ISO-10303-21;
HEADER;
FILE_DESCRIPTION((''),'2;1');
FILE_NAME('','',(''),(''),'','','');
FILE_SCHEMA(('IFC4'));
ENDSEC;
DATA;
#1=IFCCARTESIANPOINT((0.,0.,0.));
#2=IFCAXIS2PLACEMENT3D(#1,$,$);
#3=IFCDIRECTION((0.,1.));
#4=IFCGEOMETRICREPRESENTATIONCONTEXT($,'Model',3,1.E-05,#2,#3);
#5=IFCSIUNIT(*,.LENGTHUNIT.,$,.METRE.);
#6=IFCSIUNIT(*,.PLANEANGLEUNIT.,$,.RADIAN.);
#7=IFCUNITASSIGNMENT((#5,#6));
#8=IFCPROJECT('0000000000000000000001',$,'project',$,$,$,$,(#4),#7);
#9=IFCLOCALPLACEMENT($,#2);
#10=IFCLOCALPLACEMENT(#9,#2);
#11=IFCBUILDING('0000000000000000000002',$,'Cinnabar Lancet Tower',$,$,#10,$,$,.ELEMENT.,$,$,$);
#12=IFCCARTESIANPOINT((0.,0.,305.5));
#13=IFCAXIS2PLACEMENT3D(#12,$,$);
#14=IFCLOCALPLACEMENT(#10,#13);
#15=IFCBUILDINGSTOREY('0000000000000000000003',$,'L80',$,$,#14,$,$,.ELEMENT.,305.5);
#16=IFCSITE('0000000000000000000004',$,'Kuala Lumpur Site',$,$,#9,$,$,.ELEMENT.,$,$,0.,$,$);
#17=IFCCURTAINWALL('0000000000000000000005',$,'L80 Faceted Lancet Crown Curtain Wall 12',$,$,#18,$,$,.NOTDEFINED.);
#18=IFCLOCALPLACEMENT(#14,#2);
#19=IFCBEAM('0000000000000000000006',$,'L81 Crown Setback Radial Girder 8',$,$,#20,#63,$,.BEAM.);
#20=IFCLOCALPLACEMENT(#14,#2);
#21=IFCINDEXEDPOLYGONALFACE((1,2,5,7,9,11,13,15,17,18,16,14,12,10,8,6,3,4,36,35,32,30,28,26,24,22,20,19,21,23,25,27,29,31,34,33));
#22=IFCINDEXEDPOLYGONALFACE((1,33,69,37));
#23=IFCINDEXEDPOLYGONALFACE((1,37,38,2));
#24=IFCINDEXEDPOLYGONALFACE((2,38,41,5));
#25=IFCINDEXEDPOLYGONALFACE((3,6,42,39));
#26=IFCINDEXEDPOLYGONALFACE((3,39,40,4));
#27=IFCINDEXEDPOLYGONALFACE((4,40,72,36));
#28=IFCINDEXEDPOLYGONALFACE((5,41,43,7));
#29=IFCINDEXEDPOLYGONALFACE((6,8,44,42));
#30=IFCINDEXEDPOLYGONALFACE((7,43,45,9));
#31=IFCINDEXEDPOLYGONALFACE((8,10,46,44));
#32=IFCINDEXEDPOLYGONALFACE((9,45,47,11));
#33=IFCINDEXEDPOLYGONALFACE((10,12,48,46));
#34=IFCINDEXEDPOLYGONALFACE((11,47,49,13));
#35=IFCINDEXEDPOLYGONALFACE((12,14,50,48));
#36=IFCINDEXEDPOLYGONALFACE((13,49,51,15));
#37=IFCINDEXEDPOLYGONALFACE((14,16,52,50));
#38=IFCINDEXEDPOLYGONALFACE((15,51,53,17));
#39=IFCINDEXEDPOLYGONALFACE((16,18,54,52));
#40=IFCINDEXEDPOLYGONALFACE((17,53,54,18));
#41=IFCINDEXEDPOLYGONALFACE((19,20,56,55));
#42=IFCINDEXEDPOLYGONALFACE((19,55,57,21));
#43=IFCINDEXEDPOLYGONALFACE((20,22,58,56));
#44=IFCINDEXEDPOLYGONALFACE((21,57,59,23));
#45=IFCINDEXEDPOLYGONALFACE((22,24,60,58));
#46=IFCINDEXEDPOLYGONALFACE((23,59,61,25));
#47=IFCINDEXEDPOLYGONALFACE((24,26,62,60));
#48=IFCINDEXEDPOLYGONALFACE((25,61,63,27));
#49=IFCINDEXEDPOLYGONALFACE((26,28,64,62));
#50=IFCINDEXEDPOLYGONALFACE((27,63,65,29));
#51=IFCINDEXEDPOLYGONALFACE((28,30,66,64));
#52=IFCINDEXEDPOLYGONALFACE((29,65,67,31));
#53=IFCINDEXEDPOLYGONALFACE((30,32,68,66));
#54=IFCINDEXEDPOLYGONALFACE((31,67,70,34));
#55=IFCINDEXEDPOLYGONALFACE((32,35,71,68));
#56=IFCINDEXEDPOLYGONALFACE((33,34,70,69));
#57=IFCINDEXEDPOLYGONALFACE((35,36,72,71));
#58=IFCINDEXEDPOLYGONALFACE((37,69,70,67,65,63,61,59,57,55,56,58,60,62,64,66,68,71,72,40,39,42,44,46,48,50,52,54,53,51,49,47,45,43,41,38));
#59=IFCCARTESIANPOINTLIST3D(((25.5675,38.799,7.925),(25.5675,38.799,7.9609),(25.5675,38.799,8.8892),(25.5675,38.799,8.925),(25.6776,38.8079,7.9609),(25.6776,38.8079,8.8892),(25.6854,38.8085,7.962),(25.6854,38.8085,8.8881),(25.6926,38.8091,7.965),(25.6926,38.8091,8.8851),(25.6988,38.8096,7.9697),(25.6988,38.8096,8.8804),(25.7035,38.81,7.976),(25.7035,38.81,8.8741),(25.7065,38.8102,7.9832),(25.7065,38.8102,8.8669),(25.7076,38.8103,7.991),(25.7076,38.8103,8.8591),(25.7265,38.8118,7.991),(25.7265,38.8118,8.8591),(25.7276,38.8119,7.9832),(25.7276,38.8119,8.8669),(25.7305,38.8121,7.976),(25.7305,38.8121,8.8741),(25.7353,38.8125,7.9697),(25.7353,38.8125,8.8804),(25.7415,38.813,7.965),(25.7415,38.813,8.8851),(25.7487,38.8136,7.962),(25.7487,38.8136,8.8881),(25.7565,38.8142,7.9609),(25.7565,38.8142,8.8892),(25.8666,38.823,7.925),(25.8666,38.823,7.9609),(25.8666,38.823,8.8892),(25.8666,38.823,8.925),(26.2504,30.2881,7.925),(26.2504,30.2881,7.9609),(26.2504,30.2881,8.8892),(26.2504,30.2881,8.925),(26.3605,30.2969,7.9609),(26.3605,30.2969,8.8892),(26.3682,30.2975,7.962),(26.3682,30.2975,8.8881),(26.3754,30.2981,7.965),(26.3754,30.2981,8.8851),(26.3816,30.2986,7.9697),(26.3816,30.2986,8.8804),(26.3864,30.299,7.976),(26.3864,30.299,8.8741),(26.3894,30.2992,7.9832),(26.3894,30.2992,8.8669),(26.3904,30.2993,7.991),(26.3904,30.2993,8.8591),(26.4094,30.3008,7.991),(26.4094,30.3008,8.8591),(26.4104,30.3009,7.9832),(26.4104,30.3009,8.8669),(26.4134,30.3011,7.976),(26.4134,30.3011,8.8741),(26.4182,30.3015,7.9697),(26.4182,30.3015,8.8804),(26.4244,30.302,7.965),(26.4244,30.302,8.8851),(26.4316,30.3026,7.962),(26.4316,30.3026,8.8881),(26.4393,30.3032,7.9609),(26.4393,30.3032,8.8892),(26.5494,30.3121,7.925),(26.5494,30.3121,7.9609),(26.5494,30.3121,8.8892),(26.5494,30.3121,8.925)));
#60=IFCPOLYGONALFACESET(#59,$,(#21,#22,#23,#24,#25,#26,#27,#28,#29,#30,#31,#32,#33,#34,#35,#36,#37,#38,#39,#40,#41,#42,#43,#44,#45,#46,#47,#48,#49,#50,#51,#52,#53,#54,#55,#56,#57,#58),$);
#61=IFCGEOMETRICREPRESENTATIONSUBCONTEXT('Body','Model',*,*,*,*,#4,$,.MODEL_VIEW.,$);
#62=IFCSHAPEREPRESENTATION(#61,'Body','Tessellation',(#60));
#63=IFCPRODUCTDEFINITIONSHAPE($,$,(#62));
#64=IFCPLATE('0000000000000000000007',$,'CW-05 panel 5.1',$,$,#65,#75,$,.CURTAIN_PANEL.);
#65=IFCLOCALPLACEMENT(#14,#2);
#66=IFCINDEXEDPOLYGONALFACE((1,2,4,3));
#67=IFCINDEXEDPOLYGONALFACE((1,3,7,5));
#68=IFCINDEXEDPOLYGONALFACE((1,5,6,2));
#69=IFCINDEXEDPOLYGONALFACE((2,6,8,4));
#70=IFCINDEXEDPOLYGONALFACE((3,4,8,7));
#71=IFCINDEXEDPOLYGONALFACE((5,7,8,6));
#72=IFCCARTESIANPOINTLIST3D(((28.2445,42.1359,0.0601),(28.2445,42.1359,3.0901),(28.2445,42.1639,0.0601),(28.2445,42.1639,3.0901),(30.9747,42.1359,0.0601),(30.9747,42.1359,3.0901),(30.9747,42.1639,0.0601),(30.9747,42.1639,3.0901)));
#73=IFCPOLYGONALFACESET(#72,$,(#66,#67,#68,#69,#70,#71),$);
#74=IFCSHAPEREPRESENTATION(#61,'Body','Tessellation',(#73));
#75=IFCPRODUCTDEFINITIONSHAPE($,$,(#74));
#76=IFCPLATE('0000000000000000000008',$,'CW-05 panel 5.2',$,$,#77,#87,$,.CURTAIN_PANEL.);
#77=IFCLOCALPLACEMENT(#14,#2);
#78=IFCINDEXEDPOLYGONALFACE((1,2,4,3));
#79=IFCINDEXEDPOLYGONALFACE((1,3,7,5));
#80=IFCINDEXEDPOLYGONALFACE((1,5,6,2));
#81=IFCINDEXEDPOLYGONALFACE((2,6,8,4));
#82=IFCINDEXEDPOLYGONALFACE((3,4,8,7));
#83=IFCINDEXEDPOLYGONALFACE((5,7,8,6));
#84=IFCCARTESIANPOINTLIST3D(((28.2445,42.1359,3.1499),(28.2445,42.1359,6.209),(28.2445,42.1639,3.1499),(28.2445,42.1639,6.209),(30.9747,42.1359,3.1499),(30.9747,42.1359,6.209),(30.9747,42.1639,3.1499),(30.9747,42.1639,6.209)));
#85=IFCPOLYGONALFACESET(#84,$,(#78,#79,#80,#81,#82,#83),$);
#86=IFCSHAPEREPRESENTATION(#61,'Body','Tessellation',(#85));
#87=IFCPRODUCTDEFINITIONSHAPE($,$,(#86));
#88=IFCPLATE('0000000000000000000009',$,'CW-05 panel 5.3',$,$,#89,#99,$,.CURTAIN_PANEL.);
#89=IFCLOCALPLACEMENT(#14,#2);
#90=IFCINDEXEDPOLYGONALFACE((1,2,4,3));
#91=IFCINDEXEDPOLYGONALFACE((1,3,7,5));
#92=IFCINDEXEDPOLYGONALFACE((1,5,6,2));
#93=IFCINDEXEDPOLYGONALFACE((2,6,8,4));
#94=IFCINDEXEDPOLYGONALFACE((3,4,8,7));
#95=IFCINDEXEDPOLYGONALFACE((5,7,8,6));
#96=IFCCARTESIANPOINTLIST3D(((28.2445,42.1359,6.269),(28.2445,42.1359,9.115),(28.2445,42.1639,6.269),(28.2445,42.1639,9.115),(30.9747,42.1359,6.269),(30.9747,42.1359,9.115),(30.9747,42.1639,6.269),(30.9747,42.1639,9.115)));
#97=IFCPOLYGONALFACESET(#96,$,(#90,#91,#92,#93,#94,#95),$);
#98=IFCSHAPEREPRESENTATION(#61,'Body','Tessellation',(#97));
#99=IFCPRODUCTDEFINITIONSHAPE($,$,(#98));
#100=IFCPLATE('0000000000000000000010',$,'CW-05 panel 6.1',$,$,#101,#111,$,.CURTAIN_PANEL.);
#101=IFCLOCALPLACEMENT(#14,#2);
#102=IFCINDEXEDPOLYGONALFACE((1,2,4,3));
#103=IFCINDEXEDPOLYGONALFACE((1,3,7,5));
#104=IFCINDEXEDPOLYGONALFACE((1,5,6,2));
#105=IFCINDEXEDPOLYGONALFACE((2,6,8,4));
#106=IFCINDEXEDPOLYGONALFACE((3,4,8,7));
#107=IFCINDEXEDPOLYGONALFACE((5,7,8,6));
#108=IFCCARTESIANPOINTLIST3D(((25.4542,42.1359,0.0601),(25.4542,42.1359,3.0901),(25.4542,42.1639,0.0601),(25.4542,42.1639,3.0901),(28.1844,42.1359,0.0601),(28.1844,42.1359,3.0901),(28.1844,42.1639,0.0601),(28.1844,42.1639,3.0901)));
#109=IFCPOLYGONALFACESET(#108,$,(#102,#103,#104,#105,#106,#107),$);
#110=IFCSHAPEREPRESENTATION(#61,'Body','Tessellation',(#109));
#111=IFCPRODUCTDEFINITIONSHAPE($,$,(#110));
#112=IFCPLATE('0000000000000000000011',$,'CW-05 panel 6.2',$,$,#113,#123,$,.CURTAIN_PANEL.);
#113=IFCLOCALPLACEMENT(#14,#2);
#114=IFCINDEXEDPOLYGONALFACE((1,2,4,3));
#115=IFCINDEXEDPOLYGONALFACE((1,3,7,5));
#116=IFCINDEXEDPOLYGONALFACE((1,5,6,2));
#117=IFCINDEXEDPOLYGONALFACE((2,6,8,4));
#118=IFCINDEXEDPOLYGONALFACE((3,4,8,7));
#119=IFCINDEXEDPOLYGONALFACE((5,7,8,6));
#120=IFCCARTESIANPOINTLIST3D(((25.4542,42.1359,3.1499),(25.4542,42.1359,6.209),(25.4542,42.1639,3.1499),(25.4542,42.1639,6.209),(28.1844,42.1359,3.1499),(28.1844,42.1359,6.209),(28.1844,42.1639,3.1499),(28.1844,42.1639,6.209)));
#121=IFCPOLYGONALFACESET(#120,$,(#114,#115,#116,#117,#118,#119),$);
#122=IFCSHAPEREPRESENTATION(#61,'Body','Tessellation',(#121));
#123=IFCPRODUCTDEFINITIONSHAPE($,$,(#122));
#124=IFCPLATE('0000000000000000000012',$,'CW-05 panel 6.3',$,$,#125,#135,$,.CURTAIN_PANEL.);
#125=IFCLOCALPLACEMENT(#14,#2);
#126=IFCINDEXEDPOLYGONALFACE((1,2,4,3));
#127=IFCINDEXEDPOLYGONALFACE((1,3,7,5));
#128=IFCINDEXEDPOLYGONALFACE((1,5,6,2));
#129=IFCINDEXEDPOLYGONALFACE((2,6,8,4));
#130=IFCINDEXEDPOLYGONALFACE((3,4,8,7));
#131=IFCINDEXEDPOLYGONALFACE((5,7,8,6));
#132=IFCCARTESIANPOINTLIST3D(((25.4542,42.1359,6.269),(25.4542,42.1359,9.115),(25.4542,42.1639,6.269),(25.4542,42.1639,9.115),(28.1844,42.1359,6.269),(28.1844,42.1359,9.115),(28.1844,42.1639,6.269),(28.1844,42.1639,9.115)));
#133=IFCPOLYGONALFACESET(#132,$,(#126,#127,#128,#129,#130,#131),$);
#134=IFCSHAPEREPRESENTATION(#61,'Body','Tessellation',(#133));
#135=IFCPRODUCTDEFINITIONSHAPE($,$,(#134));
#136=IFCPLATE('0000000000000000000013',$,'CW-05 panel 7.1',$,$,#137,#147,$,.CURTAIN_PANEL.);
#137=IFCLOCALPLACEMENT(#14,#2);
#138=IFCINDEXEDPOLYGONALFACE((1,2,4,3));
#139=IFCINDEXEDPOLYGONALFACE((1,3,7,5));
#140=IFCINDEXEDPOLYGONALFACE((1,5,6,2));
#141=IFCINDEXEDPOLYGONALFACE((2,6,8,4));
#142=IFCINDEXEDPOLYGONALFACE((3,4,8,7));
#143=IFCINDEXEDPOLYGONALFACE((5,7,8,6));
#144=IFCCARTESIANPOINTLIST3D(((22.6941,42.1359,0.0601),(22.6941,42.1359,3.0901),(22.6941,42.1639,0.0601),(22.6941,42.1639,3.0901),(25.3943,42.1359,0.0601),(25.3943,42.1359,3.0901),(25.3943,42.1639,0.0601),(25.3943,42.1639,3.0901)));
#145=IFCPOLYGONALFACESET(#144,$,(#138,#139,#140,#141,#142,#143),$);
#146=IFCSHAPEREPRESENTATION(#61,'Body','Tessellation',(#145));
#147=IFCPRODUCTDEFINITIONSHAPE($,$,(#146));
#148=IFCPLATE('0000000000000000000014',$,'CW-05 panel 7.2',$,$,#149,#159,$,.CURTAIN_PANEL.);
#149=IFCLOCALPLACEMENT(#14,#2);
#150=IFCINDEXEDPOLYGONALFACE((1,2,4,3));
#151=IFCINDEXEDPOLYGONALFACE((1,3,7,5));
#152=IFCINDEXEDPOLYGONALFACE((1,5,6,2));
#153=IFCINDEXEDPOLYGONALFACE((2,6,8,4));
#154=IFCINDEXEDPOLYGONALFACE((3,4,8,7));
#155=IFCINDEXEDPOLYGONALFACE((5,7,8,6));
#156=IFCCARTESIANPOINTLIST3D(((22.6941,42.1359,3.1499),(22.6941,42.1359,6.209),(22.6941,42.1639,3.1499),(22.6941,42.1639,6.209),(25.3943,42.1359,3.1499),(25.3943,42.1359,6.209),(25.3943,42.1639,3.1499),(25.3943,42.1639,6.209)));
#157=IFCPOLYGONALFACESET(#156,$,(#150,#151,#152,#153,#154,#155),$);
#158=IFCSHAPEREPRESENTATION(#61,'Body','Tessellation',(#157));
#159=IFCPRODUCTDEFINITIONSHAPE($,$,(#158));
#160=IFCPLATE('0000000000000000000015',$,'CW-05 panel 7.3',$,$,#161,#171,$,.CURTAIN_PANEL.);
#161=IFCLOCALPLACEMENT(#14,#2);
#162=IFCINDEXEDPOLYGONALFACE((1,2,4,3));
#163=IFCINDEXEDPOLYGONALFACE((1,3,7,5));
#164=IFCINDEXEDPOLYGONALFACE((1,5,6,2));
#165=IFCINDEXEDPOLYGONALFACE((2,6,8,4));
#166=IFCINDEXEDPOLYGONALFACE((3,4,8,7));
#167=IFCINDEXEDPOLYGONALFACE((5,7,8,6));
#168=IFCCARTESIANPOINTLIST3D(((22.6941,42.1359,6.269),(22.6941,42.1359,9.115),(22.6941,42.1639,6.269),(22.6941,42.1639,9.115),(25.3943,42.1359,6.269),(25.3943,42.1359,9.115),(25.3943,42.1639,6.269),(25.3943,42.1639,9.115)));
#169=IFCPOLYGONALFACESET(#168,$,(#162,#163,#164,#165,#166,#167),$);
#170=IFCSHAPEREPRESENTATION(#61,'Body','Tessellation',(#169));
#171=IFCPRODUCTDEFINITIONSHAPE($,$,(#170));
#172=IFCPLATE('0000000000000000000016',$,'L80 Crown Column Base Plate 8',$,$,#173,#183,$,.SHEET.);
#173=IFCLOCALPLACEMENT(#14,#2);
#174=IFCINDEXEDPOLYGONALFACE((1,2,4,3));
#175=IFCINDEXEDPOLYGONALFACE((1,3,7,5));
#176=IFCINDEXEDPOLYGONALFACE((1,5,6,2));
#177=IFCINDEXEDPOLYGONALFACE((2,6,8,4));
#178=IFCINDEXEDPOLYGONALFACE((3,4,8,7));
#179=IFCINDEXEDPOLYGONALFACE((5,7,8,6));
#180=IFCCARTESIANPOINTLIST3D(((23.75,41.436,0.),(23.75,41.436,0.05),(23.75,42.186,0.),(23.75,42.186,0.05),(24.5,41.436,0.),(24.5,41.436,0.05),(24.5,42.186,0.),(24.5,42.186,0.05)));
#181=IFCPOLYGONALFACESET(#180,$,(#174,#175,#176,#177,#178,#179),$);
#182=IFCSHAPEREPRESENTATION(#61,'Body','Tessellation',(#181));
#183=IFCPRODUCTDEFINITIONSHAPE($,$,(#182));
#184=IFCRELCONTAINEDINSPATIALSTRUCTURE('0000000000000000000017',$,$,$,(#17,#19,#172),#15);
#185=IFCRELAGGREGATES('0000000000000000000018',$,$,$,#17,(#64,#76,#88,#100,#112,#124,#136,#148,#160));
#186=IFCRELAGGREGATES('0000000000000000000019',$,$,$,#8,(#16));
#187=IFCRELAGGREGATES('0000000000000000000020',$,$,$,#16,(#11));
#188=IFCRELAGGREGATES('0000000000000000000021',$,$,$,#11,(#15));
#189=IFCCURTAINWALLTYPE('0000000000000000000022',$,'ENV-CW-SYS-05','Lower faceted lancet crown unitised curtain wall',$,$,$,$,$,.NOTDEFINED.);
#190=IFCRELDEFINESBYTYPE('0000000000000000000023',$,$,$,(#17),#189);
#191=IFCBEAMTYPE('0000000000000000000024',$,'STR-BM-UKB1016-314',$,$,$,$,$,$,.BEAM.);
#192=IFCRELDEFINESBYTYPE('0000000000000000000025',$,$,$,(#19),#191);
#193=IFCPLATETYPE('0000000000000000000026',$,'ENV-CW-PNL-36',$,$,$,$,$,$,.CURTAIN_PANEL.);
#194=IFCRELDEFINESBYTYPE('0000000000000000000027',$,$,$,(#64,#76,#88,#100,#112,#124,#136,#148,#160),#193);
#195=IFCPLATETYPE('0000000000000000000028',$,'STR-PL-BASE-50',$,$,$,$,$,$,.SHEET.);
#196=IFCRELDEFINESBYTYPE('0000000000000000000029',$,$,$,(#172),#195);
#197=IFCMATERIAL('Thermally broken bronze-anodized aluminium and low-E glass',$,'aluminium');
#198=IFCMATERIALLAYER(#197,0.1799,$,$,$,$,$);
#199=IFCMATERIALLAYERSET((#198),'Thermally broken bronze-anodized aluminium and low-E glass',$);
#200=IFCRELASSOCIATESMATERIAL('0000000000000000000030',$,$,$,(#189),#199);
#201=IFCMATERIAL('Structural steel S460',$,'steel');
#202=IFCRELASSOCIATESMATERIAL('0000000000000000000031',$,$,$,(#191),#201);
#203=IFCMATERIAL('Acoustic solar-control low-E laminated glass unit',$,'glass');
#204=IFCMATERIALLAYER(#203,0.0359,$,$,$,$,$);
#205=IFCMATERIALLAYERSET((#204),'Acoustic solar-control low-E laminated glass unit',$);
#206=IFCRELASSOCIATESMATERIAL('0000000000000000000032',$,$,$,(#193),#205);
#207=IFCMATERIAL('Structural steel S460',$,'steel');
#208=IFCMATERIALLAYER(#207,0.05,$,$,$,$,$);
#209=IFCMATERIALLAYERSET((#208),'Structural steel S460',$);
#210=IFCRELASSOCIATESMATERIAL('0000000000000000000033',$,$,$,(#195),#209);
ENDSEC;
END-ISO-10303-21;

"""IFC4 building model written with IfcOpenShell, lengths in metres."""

from ifc_helpers import new_model, si_unit, direction, frame, origin, origin_2d, place, context, subcontext, project, spatial, rectangle, i_section, extrude, material, layer, layer_set, material_profile, profile_set, type_object, element, aggregate, save


model = new_model("IFC4")

# Units and contexts
model_context = context("Model", 3, precision=1e-05, world=origin(), true_north=direction((0.0, 1.0)))
body_context = subcontext(model_context, "Body", "Model", "MODEL_VIEW")
ifc_project = project(units=[si_unit("LENGTHUNIT", "METRE"), si_unit("PLANEANGLEUNIT", "RADIAN")], contexts=[model_context])

# Site, building, storey
site_placement = place(None, origin())
site = spatial("IfcSite", under=ifc_project, at=site_placement, Name="Kuala Lumpur Site", CompositionType="ELEMENT", RefElevation=0.0)
building_placement = place(site_placement, origin())
building = spatial("IfcBuilding", under=site, at=building_placement, Name="Cinnabar Lancet Tower", CompositionType="ELEMENT")
storey_placement = place(building_placement, frame((0.0, 0.0, 305.5)))
storey = spatial("IfcBuildingStorey", under=building, at=storey_placement, Name="L80", CompositionType="ELEMENT", Elevation=305.5)

# Curtain wall
ifc_material_1 = material(Name="Thermally broken bronze-anodized aluminium and low-E glass", Category="aluminium")
ifc_layer_1 = layer(ifc_material_1, 0.1799)
ifc_layer_set_1 = layer_set([ifc_layer_1], Name="Thermally broken bronze-anodized aluminium and low-E glass")
curtain_wall_type = type_object("IfcCurtainWallType", Name="ENV-CW-SYS-05", Description="Lower faceted lancet crown unitised curtain wall", PredefinedType="NOTDEFINED", material=ifc_layer_set_1)
curtain_wall_1_placement = place(storey_placement, origin())
curtain_wall_1 = element("IfcCurtainWall", 1, at=curtain_wall_1_placement, inside=storey, type_object=curtain_wall_type, Name="L80 Faceted Lancet Crown Curtain Wall 12", PredefinedType="NOTDEFINED")

# Beam
ifc_material_2 = material(Name="Structural steel S460", Category="steel")
ifc_material_profile_1 = material_profile(ifc_material_2, i_section(OverallWidth=0.3, OverallDepth=1.0, WebThickness=0.019, FlangeThickness=0.0359, FilletRadius=0.03, at=origin_2d()), Name="UKB 1016x305x314")
ifc_profile_set_1 = profile_set([ifc_material_profile_1], Name="Structural steel S460")
beam_type = type_object("IfcBeamType", Name="STR-BM-UKB1016-314", PredefinedType="BEAM", material=ifc_profile_set_1)
beam_1_placement = place(storey_placement, frame((25.717, 38.811, 8.425), z_axis=(0.079976, -0.996797, 0.0), x_axis=(0.996797, 0.079976, 0.0)))
element("IfcBeam", 2, at=beam_1_placement, inside=storey, type_object=beam_type, Name="L81 Crown Setback Radial Girder 8", PredefinedType="BEAM", context=body_context, shape_type="SweptSolid", body=[
    extrude(i_section(OverallWidth=0.3, OverallDepth=1.0, WebThickness=0.019, FlangeThickness=0.0359, FilletRadius=0.03, at=origin_2d()), origin(), (0.0, 0.0, 1.0), 8.5383),
])

# Plates
ifc_material_3 = material(Name="Acoustic solar-control low-E laminated glass unit", Category="glass")
ifc_layer_2 = layer(ifc_material_3, 0.0359)
ifc_layer_set_2 = layer_set([ifc_layer_2], Name="Acoustic solar-control low-E laminated glass unit")
plate_type_1 = type_object("IfcPlateType", Name="ENV-CW-PNL-36", PredefinedType="CURTAIN_PANEL", material=ifc_layer_set_2)
plate_1_placement = place(storey_placement, frame((29.6096, 42.1499, 0.0601), z_axis=(0.0, 0.0, 1.0), x_axis=(-1.0, 0.0, 0.0)))
plate_1 = element("IfcPlate", 3, at=plate_1_placement, type_object=plate_type_1, Name="CW-05 panel 5.1", PredefinedType="CURTAIN_PANEL", context=body_context, shape_type="SweptSolid", body=[
    extrude(rectangle(XDim=2.7302, YDim=0.0281, at=origin_2d()), origin(), (0.0, 0.0, 1.0), 3.03),
])
plate_2_placement = place(storey_placement, frame((29.6096, 42.1499, 3.1499), z_axis=(0.0, 0.0, 1.0), x_axis=(-1.0, 0.0, 0.0)))
plate_2 = element("IfcPlate", 4, at=plate_2_placement, type_object=plate_type_1, Name="CW-05 panel 5.2", PredefinedType="CURTAIN_PANEL", context=body_context, shape_type="SweptSolid", body=[
    extrude(rectangle(XDim=2.7302, YDim=0.0281, at=origin_2d()), origin(), (0.0, 0.0, 1.0), 3.0591),
])
plate_3_placement = place(storey_placement, frame((29.6096, 42.1499, 6.269), z_axis=(0.0, 0.0, 1.0), x_axis=(-1.0, 0.0, 0.0)))
plate_3 = element("IfcPlate", 5, at=plate_3_placement, type_object=plate_type_1, Name="CW-05 panel 5.3", PredefinedType="CURTAIN_PANEL", context=body_context, shape_type="SweptSolid", body=[
    extrude(rectangle(XDim=2.7302, YDim=0.0281, at=origin_2d()), origin(), (0.0, 0.0, 1.0), 2.8459),
])
plate_4_placement = place(storey_placement, frame((26.8193, 42.1499, 0.0601), z_axis=(0.0, 0.0, 1.0), x_axis=(-1.0, 0.0, 0.0)))
plate_4 = element("IfcPlate", 6, at=plate_4_placement, type_object=plate_type_1, Name="CW-05 panel 6.1", PredefinedType="CURTAIN_PANEL", context=body_context, shape_type="SweptSolid", body=[
    extrude(rectangle(XDim=2.7302, YDim=0.0281, at=origin_2d()), origin(), (0.0, 0.0, 1.0), 3.03),
])
plate_5_placement = place(storey_placement, frame((26.8193, 42.1499, 3.1499), z_axis=(0.0, 0.0, 1.0), x_axis=(-1.0, 0.0, 0.0)))
plate_5 = element("IfcPlate", 7, at=plate_5_placement, type_object=plate_type_1, Name="CW-05 panel 6.2", PredefinedType="CURTAIN_PANEL", context=body_context, shape_type="SweptSolid", body=[
    extrude(rectangle(XDim=2.7302, YDim=0.0281, at=origin_2d()), origin(), (0.0, 0.0, 1.0), 3.0591),
])
plate_6_placement = place(storey_placement, frame((26.8193, 42.1499, 6.269), z_axis=(0.0, 0.0, 1.0), x_axis=(-1.0, 0.0, 0.0)))
plate_6 = element("IfcPlate", 8, at=plate_6_placement, type_object=plate_type_1, Name="CW-05 panel 6.3", PredefinedType="CURTAIN_PANEL", context=body_context, shape_type="SweptSolid", body=[
    extrude(rectangle(XDim=2.7302, YDim=0.0281, at=origin_2d()), origin(), (0.0, 0.0, 1.0), 2.8459),
])
plate_7_placement = place(storey_placement, frame((24.0442, 42.1499, 0.0601), z_axis=(0.0, 0.0, 1.0), x_axis=(-1.0, 0.0, 0.0)))
plate_7 = element("IfcPlate", 9, at=plate_7_placement, type_object=plate_type_1, Name="CW-05 panel 7.1", PredefinedType="CURTAIN_PANEL", context=body_context, shape_type="SweptSolid", body=[
    extrude(rectangle(XDim=2.7002, YDim=0.0281, at=origin_2d()), origin(), (0.0, 0.0, 1.0), 3.03),
])
plate_8_placement = place(storey_placement, frame((24.0442, 42.1499, 3.1499), z_axis=(0.0, 0.0, 1.0), x_axis=(-1.0, 0.0, 0.0)))
plate_8 = element("IfcPlate", 10, at=plate_8_placement, type_object=plate_type_1, Name="CW-05 panel 7.2", PredefinedType="CURTAIN_PANEL", context=body_context, shape_type="SweptSolid", body=[
    extrude(rectangle(XDim=2.7002, YDim=0.0281, at=origin_2d()), origin(), (0.0, 0.0, 1.0), 3.0591),
])
plate_9_placement = place(storey_placement, frame((24.0442, 42.1499, 6.269), z_axis=(0.0, 0.0, 1.0), x_axis=(-1.0, 0.0, 0.0)))
plate_9 = element("IfcPlate", 11, at=plate_9_placement, type_object=plate_type_1, Name="CW-05 panel 7.3", PredefinedType="CURTAIN_PANEL", context=body_context, shape_type="SweptSolid", body=[
    extrude(rectangle(XDim=2.7002, YDim=0.0281, at=origin_2d()), origin(), (0.0, 0.0, 1.0), 2.8459),
])
aggregate(curtain_wall_1, [plate_1, plate_2, plate_3, plate_4, plate_5, plate_6, plate_7, plate_8, plate_9])
ifc_material_4 = material(Name="Structural steel S460", Category="steel")
ifc_layer_3 = layer(ifc_material_4, 0.05)
ifc_layer_set_3 = layer_set([ifc_layer_3], Name="Structural steel S460")
plate_type_2 = type_object("IfcPlateType", Name="STR-PL-BASE-50", PredefinedType="SHEET", material=ifc_layer_set_3)
plate_10_placement = place(storey_placement, frame((24.125, 41.811, 0.0), z_axis=(0.0, 0.0, 1.0), x_axis=(1.0, 0.0, 0.0)))
element("IfcPlate", 12, at=plate_10_placement, inside=storey, type_object=plate_type_2, Name="L80 Crown Column Base Plate 8", PredefinedType="SHEET", context=body_context, shape_type="SweptSolid", body=[
    extrude(rectangle(XDim=0.75, YDim=0.75, at=origin_2d()), origin(), (0.0, 0.0, 1.0), 0.05),
])

save(model, "model.ifc")
